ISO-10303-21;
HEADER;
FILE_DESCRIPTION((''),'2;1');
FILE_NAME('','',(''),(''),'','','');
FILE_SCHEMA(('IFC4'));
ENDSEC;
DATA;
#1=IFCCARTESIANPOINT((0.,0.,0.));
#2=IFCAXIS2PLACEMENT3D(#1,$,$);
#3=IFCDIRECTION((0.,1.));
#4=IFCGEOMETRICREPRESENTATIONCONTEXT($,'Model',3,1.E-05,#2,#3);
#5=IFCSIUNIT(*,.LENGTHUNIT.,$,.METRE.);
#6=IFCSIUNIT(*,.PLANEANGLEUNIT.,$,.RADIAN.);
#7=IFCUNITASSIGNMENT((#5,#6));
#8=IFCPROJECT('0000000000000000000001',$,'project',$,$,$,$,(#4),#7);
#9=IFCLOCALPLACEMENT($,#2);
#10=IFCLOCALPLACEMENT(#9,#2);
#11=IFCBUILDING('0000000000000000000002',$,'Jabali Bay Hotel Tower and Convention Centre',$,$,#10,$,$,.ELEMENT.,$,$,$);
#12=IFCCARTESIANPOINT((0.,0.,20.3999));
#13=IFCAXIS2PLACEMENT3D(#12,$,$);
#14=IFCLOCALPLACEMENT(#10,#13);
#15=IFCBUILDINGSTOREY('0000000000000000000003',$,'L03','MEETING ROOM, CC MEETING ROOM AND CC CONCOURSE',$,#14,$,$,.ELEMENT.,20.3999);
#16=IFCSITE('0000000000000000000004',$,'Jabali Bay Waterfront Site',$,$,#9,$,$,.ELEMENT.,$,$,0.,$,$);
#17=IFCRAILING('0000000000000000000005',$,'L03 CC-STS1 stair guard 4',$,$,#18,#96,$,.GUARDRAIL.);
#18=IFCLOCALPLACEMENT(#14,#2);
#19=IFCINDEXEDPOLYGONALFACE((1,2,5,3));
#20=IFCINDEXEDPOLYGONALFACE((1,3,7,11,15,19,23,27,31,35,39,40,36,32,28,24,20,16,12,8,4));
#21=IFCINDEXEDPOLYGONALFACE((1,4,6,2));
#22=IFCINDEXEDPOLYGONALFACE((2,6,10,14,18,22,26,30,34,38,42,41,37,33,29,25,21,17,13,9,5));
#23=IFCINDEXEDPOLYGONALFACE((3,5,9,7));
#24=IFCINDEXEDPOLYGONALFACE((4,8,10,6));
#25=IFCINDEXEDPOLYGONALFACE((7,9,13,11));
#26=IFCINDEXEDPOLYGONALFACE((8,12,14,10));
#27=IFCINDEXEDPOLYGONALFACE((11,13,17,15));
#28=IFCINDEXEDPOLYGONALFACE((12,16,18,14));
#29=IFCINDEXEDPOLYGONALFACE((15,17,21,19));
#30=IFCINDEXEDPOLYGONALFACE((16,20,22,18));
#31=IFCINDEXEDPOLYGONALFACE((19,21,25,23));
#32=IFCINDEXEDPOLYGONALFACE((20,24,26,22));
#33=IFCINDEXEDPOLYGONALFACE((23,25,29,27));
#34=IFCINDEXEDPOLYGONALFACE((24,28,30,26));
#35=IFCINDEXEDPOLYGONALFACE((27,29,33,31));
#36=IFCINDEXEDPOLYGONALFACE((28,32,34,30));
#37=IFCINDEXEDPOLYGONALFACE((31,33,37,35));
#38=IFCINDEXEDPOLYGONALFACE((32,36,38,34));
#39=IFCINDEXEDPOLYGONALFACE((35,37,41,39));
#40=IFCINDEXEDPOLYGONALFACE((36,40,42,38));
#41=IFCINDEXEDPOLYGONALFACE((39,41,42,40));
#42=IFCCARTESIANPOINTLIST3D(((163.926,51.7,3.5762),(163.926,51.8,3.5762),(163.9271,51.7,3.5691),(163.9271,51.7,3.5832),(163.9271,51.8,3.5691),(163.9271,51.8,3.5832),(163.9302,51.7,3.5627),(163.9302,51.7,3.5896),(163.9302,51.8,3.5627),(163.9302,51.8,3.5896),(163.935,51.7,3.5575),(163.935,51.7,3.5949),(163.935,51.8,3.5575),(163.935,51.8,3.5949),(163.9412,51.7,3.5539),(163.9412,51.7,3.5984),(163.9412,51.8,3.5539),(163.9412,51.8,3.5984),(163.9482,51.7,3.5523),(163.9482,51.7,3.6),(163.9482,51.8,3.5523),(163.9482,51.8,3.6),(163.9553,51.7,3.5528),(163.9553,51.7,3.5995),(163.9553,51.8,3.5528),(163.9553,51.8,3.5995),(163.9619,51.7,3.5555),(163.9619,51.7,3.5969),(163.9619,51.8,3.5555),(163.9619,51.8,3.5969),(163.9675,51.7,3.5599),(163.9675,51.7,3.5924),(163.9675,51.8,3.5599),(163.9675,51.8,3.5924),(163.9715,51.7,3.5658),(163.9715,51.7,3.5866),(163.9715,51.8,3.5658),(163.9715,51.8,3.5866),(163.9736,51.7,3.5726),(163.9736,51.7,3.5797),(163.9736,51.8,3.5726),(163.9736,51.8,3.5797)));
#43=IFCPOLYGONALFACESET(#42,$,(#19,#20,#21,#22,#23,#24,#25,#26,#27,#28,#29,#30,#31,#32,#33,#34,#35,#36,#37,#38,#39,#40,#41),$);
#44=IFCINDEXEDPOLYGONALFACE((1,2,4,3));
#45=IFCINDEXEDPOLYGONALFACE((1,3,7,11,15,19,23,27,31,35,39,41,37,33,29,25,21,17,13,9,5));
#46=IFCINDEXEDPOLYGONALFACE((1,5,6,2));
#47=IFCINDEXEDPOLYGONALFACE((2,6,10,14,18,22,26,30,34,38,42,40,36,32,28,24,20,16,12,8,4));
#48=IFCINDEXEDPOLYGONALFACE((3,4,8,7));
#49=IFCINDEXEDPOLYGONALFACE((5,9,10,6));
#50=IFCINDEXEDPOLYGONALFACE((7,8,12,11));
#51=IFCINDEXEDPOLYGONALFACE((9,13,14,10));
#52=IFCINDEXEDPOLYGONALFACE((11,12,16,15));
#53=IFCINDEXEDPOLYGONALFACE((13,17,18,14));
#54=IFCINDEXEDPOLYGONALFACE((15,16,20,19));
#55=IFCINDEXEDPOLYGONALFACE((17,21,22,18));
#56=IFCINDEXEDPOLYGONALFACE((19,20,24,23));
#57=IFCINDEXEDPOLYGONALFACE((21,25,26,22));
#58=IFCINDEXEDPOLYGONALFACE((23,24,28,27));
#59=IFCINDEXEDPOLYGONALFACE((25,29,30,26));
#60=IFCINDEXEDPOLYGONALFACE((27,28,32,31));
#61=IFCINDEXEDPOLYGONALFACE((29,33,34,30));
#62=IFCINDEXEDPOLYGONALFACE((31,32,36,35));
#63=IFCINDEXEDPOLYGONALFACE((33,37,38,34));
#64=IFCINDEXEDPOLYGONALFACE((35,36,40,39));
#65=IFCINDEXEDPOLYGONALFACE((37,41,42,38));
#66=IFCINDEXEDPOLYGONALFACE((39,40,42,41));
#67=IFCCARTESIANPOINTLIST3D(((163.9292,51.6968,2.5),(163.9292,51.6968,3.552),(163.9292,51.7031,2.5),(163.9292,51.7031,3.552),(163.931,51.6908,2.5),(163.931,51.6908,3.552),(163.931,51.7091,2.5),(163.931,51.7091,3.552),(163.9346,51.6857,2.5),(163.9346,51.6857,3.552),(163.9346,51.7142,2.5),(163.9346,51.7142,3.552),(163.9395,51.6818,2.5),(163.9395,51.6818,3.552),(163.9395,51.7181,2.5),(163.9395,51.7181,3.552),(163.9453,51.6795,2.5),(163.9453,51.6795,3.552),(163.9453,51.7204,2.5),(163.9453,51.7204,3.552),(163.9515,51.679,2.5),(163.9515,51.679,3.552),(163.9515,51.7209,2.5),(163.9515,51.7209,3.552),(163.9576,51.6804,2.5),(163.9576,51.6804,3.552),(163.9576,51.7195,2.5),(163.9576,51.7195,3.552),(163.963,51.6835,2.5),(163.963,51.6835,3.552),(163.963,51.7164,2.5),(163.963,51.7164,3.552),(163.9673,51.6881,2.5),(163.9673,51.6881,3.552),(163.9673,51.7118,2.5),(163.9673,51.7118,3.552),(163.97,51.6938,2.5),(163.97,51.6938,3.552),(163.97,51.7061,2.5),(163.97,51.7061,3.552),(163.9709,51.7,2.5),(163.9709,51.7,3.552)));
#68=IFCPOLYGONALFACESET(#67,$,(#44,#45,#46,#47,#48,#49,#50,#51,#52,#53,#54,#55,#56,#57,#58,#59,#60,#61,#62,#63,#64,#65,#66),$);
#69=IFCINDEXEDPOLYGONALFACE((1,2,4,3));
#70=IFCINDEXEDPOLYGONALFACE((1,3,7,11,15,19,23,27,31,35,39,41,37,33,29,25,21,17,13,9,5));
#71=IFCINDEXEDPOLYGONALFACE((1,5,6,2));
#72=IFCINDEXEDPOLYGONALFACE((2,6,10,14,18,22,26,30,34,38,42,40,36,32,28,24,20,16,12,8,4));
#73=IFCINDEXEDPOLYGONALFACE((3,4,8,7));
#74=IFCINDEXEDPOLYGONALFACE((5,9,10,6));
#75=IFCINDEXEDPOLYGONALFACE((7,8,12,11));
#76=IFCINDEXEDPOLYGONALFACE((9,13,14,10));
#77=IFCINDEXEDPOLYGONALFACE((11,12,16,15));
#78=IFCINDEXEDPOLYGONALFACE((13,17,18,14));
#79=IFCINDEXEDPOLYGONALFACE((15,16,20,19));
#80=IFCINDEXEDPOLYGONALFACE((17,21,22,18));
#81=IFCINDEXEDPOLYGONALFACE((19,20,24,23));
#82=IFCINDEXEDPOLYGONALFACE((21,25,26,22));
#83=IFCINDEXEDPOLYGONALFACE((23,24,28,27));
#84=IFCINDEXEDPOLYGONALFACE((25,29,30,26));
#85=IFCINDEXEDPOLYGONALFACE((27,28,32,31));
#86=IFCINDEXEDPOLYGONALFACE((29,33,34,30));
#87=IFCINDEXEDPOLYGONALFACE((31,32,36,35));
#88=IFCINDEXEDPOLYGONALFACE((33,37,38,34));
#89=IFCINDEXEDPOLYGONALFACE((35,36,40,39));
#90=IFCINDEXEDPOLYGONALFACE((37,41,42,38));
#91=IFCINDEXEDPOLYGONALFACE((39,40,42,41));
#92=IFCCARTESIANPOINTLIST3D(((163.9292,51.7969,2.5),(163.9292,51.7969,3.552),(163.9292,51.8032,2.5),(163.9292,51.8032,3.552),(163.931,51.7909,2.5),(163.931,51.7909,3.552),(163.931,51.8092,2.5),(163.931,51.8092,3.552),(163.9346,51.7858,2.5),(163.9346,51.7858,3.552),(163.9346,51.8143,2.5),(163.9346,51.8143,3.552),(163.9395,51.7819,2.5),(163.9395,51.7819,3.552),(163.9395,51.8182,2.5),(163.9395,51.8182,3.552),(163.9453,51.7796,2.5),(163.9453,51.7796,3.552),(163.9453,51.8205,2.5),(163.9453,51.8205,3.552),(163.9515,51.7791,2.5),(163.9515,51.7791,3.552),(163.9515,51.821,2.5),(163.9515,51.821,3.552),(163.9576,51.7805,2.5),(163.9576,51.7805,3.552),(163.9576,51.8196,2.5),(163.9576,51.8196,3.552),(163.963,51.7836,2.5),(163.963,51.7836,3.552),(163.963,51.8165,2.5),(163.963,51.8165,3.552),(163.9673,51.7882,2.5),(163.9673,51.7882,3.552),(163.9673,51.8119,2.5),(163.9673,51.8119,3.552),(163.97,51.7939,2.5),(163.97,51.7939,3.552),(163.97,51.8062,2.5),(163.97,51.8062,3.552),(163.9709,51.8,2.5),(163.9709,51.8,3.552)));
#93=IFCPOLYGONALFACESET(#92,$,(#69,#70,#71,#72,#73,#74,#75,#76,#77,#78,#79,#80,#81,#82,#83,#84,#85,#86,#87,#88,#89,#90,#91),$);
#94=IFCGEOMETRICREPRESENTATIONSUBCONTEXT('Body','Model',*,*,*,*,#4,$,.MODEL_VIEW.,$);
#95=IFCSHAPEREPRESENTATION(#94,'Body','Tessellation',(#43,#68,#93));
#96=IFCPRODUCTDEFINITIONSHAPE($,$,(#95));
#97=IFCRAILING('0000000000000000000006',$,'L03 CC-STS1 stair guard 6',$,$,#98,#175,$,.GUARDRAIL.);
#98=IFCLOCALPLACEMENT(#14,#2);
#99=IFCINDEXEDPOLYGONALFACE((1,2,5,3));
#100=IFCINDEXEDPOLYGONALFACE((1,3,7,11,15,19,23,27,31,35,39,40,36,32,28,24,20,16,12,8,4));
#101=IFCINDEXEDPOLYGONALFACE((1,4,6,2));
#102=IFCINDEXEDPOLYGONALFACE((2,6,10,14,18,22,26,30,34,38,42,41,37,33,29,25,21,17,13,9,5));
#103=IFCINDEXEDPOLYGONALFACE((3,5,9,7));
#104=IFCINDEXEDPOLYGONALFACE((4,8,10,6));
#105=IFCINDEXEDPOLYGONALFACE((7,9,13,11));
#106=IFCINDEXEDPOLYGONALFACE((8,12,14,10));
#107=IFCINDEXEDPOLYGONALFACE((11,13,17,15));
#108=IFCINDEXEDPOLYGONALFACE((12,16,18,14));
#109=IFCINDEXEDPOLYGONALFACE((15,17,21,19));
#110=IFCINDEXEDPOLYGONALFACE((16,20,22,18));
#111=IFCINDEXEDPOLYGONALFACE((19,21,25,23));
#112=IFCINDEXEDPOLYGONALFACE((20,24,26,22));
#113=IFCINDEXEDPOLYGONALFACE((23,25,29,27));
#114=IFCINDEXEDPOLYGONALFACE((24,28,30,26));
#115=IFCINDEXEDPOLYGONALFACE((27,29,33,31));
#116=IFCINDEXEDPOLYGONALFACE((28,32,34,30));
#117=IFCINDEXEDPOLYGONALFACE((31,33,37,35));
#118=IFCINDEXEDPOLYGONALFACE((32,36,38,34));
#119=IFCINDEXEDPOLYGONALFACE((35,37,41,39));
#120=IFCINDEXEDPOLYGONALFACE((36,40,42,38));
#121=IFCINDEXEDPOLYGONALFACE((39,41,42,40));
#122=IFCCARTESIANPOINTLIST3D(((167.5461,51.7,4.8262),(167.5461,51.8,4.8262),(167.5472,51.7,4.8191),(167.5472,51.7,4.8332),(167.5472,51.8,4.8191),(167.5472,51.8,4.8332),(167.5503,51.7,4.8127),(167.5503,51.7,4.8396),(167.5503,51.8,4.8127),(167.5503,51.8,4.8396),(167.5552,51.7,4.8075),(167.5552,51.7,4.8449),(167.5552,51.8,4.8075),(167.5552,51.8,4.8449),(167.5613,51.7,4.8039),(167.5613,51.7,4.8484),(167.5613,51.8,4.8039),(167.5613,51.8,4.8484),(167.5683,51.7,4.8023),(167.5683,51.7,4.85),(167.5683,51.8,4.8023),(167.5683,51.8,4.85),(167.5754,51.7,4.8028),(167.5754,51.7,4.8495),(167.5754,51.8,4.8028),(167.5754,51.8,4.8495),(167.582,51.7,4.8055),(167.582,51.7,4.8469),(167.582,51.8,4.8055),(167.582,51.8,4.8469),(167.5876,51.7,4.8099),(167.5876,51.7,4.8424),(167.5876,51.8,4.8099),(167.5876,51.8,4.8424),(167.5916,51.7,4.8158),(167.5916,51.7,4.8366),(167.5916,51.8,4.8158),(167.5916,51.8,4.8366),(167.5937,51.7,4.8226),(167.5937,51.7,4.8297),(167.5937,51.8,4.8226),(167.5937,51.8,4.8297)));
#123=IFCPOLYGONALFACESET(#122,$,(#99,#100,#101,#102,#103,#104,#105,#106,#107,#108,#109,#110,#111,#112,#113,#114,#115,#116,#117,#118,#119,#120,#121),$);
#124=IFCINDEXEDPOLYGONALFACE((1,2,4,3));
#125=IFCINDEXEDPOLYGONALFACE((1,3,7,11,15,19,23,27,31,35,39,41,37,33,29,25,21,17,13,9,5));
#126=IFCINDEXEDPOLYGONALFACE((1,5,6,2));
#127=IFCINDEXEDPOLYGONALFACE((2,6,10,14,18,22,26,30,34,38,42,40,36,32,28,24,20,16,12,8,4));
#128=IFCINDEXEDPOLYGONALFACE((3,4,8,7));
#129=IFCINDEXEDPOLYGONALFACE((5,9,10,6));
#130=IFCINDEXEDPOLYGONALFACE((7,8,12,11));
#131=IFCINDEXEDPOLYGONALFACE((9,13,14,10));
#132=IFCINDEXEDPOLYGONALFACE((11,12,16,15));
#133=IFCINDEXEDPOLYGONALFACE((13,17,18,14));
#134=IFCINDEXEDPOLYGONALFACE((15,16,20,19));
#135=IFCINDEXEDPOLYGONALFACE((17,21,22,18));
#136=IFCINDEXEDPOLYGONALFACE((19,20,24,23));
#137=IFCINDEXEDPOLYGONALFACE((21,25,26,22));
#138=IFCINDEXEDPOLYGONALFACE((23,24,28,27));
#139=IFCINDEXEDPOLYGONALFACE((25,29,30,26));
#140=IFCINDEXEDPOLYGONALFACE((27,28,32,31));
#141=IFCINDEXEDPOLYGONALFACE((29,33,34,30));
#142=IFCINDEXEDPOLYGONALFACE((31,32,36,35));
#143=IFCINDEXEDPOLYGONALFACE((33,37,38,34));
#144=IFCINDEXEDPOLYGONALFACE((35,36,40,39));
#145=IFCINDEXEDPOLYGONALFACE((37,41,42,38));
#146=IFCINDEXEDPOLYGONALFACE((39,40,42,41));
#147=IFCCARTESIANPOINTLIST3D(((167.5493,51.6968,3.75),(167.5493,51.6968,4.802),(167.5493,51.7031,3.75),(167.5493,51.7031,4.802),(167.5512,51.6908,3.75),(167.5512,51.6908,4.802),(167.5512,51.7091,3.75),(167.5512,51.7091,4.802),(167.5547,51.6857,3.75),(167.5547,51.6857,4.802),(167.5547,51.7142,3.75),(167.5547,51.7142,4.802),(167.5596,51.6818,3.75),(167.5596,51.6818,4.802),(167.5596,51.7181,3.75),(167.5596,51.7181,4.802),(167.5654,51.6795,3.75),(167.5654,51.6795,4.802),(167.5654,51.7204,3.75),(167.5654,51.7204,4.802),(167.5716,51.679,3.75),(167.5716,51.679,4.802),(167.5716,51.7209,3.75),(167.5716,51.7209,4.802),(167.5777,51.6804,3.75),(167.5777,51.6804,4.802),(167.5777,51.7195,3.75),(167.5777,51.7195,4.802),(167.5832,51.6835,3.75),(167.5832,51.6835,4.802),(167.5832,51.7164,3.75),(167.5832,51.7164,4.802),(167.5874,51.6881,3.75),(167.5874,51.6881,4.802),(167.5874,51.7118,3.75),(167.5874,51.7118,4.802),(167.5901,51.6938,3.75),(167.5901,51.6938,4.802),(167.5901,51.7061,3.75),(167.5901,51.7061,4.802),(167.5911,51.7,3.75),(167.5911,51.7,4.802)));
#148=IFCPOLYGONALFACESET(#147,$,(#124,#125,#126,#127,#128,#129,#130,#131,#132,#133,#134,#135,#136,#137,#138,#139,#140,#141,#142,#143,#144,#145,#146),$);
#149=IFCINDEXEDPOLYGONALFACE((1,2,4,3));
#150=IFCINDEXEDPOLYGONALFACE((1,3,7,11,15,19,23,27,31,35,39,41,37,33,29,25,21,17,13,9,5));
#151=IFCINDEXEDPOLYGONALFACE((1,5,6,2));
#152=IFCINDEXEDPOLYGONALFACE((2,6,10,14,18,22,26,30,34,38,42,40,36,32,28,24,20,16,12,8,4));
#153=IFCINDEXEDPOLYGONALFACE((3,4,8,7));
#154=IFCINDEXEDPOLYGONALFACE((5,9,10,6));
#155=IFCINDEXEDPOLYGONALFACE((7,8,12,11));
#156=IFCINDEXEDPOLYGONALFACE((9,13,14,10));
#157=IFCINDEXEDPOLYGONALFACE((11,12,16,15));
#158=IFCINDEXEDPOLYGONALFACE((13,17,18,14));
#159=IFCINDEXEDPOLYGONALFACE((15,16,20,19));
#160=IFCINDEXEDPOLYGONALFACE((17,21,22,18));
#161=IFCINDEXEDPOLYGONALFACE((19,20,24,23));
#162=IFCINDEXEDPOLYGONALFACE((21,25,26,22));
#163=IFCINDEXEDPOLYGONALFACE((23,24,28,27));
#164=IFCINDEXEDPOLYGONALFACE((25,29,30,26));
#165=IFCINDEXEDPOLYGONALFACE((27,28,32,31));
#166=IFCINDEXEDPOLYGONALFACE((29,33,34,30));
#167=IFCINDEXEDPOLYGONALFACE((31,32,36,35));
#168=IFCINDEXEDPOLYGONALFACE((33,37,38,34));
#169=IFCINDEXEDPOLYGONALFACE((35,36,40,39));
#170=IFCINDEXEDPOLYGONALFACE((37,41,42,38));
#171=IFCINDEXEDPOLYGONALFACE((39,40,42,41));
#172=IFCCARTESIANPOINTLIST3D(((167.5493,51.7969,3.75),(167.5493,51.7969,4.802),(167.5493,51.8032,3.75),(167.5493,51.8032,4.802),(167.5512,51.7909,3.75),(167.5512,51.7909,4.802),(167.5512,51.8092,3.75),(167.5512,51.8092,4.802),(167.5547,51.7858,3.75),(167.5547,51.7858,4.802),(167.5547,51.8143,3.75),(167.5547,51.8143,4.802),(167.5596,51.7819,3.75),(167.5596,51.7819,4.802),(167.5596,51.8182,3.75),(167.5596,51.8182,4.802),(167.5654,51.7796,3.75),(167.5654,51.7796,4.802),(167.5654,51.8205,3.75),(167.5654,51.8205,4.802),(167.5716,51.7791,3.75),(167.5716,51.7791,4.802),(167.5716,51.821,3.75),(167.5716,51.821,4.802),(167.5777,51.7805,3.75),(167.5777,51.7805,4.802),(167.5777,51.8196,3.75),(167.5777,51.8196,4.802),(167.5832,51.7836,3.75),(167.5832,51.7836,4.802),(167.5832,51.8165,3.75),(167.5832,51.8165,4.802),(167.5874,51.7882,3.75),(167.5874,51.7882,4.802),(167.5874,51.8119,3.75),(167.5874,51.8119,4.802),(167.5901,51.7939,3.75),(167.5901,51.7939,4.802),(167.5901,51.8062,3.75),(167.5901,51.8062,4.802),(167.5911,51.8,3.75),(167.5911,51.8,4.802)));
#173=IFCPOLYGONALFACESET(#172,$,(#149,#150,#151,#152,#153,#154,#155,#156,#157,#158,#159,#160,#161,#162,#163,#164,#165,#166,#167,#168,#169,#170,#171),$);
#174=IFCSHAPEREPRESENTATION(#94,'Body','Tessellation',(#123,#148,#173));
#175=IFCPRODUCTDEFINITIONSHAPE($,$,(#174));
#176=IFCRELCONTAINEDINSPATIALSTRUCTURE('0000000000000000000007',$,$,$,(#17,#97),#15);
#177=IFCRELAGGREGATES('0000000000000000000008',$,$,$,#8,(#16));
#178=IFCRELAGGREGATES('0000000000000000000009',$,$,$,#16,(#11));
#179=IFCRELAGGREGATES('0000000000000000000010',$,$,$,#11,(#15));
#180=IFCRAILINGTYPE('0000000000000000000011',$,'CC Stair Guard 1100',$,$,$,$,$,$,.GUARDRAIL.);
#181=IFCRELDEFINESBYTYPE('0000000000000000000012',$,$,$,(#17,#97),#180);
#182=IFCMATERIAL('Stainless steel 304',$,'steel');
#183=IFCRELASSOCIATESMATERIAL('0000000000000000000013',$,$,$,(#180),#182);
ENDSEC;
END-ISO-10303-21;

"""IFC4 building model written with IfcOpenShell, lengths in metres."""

from ifc_helpers import new_model, si_unit, direction, frame, origin, origin_2d, place, context, subcontext, project, spatial, circle, extrude, material, type_object, element, save


model = new_model("IFC4")

# Units and contexts
model_context = context("Model", 3, precision=1e-05, world=origin(), true_north=direction((0.0, 1.0)))
body_context = subcontext(model_context, "Body", "Model", "MODEL_VIEW")
ifc_project = project(units=[si_unit("LENGTHUNIT", "METRE"), si_unit("PLANEANGLEUNIT", "RADIAN")], contexts=[model_context])

# Site, building, storey
site_placement = place(None, origin())
site = spatial("IfcSite", under=ifc_project, at=site_placement, Name="Jabali Bay Waterfront Site", CompositionType="ELEMENT", RefElevation=0.0)
building_placement = place(site_placement, origin())
building = spatial("IfcBuilding", under=site, at=building_placement, Name="Jabali Bay Hotel Tower and Convention Centre", CompositionType="ELEMENT")
storey_placement = place(building_placement, frame((0.0, 0.0, 20.3999)))
storey = spatial("IfcBuildingStorey", under=building, at=storey_placement, Name="L03", Description="MEETING ROOM, CC MEETING ROOM AND CC CONCOURSE", CompositionType="ELEMENT", Elevation=20.3999)

# Railings
ifc_material_1 = material(Name="Stainless steel 304", Category="steel")
railing_type_1 = type_object("IfcRailingType", Name="CC Stair Guard 1100", PredefinedType="GUARDRAIL", material=ifc_material_1)
for number, where, name in (
    (1, (163.95, 51.7, 2.5), "L03 CC-STS1 stair guard 4"),
    (2, (167.5701, 51.7, 3.75), "L03 CC-STS1 stair guard 6"),
):
    element("IfcRailing", number, at=place(storey_placement, frame(where)), inside=storey, type_object=railing_type_1, Name=name, PredefinedType="GUARDRAIL", context=body_context, shape_type="SweptSolid", body=[
        extrude(circle(Radius=0.0239, at=origin_2d()), frame((0.0, 0.0, 1.0762), z_axis=(0.0, 1.0, 0.0), x_axis=(-1.0, 0.0, 0.0)), (0.0, 0.0, 1.0), 0.1001),
        extrude(circle(Radius=0.021, at=origin_2d()), origin(), (0.0, 0.0, 1.0), 1.052),
        extrude(circle(Radius=0.021, at=origin_2d()), frame((0.0, 0.1001, 0.0)), (0.0, 0.0, 1.0), 1.052),
    ])

save(model, "model.ifc")
